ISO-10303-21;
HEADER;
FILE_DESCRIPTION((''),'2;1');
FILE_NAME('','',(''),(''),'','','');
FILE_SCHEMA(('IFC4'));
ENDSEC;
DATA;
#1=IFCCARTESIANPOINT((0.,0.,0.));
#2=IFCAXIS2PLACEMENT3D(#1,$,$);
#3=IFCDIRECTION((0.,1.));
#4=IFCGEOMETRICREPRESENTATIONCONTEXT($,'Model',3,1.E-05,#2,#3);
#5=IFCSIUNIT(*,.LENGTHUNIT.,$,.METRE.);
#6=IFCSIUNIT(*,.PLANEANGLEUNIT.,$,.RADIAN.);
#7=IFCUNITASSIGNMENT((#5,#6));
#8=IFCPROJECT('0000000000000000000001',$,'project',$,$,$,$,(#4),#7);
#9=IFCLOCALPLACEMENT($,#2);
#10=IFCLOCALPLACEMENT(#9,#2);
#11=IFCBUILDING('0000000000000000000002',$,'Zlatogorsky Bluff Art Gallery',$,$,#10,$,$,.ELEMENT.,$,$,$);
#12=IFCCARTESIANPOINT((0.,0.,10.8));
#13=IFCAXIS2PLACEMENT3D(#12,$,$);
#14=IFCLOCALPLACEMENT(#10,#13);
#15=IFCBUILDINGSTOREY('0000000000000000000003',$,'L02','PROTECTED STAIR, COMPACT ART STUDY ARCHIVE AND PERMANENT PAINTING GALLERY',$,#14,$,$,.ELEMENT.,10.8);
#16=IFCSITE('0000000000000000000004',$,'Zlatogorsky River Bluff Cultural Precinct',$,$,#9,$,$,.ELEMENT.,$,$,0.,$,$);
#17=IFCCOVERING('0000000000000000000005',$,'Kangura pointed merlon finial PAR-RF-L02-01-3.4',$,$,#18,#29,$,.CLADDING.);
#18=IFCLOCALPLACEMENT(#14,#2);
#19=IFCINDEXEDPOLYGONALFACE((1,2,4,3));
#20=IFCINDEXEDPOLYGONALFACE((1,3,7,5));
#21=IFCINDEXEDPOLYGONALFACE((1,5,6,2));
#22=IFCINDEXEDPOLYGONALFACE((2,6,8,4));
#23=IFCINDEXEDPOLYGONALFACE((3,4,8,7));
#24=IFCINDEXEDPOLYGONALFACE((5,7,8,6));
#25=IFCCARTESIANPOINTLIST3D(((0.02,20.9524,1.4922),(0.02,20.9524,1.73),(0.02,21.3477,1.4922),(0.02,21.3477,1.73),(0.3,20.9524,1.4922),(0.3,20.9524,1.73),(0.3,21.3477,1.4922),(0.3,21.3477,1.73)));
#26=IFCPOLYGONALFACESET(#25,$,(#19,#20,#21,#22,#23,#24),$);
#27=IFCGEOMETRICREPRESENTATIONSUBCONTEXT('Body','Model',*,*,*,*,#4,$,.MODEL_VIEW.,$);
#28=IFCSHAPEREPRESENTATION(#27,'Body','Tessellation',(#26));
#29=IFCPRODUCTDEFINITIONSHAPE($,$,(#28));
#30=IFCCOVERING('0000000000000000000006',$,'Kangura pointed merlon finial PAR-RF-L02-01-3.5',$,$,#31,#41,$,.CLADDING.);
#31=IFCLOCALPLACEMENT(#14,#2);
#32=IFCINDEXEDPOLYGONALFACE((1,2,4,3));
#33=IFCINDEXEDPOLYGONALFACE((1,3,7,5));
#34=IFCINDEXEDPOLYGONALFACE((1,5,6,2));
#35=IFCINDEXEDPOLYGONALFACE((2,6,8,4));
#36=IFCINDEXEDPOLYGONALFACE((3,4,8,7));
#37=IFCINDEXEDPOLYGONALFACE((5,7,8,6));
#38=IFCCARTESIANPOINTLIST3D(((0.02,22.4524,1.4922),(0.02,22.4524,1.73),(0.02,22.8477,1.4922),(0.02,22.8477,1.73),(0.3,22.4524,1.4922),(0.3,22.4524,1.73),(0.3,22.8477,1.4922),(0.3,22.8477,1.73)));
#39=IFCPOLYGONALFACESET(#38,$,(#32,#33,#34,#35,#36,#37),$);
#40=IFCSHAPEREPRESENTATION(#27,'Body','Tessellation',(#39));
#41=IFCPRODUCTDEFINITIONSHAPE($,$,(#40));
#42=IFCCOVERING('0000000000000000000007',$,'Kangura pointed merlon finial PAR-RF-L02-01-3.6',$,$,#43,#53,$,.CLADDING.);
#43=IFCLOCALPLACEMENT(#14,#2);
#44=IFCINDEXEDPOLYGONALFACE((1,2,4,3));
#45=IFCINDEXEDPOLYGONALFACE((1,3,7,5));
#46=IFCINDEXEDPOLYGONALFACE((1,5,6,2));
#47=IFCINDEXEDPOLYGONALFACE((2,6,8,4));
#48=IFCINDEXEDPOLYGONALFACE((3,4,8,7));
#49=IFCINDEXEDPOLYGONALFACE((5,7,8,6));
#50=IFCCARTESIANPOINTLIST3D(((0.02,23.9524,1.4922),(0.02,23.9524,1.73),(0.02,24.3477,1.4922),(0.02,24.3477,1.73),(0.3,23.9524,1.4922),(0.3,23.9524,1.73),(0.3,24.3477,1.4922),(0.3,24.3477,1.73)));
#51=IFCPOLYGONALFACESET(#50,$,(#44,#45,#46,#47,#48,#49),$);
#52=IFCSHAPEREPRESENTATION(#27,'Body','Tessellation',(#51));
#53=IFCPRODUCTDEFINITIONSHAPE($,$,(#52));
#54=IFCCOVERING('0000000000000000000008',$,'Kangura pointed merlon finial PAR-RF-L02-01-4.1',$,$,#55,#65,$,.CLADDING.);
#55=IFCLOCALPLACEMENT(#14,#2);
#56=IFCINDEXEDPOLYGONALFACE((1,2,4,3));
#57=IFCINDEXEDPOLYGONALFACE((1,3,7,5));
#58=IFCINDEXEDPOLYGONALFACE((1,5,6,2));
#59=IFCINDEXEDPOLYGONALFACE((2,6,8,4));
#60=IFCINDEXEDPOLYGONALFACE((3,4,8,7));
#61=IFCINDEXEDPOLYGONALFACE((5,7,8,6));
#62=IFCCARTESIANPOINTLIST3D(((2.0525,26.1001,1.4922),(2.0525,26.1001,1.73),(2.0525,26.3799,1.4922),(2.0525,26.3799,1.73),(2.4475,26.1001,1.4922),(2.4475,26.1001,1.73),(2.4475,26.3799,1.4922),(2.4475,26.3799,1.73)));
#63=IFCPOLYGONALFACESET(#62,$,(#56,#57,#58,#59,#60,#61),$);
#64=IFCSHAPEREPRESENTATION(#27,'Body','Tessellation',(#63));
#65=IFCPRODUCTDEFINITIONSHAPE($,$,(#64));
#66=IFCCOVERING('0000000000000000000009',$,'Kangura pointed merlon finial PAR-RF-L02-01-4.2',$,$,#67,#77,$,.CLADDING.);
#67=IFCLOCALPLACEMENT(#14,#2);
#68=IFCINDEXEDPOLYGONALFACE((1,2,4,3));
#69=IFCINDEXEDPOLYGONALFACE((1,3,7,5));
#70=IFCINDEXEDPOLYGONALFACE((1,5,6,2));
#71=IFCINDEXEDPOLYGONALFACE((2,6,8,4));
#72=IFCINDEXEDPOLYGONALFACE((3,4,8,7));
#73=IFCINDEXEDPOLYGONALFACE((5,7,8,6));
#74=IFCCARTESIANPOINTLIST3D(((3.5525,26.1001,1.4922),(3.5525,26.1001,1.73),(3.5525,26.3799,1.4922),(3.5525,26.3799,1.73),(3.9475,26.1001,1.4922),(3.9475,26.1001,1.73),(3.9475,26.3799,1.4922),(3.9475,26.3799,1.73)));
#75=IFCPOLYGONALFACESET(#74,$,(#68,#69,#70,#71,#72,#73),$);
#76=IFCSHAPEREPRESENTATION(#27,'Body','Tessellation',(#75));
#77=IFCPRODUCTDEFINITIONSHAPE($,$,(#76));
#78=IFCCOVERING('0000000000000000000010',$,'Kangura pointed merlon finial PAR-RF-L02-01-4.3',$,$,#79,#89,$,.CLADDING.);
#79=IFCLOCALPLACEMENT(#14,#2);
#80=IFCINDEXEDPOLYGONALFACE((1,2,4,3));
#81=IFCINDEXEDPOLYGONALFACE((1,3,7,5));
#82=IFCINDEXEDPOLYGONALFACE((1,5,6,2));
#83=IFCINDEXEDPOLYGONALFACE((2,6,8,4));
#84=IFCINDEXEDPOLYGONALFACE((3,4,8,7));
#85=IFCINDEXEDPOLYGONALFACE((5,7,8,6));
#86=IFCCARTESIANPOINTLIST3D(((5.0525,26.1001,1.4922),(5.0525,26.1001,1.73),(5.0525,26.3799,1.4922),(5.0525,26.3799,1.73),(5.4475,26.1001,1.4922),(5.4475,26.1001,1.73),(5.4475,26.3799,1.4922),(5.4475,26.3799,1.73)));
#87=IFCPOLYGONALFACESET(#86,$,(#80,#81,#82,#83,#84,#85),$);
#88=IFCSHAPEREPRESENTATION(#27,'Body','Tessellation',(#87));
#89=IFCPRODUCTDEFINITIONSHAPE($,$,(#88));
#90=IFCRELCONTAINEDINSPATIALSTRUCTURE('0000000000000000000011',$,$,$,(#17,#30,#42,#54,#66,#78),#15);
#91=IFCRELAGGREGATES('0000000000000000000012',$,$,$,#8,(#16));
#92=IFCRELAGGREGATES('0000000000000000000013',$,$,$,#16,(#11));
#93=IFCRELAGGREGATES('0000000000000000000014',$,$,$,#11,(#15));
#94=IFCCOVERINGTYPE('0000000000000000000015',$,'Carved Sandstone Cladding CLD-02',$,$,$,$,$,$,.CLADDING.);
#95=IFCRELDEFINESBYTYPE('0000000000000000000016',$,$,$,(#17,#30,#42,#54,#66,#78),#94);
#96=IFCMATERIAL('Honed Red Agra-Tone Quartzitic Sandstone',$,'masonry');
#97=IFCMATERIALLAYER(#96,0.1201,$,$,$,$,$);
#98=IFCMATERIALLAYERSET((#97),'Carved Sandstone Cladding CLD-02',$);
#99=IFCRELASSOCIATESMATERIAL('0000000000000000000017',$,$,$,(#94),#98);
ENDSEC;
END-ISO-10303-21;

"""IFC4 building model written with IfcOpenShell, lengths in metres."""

from ifc_helpers import new_model, si_unit, direction, frame, origin, place, context, subcontext, project, spatial, polyline, outline, extrude, material, layer, layer_set, type_object, element, save


model = new_model("IFC4")

# Units and contexts
model_context = context("Model", 3, precision=1e-05, world=origin(), true_north=direction((0.0, 1.0)))
body_context = subcontext(model_context, "Body", "Model", "MODEL_VIEW")
ifc_project = project(units=[si_unit("LENGTHUNIT", "METRE"), si_unit("PLANEANGLEUNIT", "RADIAN")], contexts=[model_context])

# Site, building, storey
site_placement = place(None, origin())
site = spatial("IfcSite", under=ifc_project, at=site_placement, Name="Zlatogorsky River Bluff Cultural Precinct", CompositionType="ELEMENT", RefElevation=0.0)
building_placement = place(site_placement, origin())
building = spatial("IfcBuilding", under=site, at=building_placement, Name="Zlatogorsky Bluff Art Gallery", CompositionType="ELEMENT")
storey_placement = place(building_placement, frame((0.0, 0.0, 10.8)))
storey = spatial("IfcBuildingStorey", under=building, at=storey_placement, Name="L02", Description="PROTECTED STAIR, COMPACT ART STUDY ARCHIVE AND PERMANENT PAINTING GALLERY", CompositionType="ELEMENT", Elevation=10.8)

# Coverings
ifc_material = material(Name="Honed Red Agra-Tone Quartzitic Sandstone", Category="masonry")
ifc_layer = layer(ifc_material, 0.1201)
ifc_layer_set = layer_set([ifc_layer], Name="Carved Sandstone Cladding CLD-02")
covering_type = type_object("IfcCoveringType", Name="Carved Sandstone Cladding CLD-02", PredefinedType="CLADDING", material=ifc_layer_set)
covering_1_placement = place(storey_placement, frame((0.0, 0.0, 1.4922)))
element("IfcCovering", 1, at=covering_1_placement, inside=storey, type_object=covering_type, Name="Kangura pointed merlon finial PAR-RF-L02-01-3.4", PredefinedType="CLADDING", context=body_context, shape_type="SweptSolid", body=[
    extrude(outline(polyline([(0.02, 20.9524), (0.02, 21.3477), (0.3, 21.3477), (0.3, 20.9524), (0.02, 20.9524)])), origin(), (0.0, 0.0, 1.0), 0.2378),
])
covering_2_placement = place(storey_placement, frame((0.0, 0.0, 1.4922)))
element("IfcCovering", 2, at=covering_2_placement, inside=storey, type_object=covering_type, Name="Kangura pointed merlon finial PAR-RF-L02-01-3.5", PredefinedType="CLADDING", context=body_context, shape_type="SweptSolid", body=[
    extrude(outline(polyline([(0.02, 22.4524), (0.02, 22.8477), (0.3, 22.8477), (0.3, 22.4524), (0.02, 22.4524)])), origin(), (0.0, 0.0, 1.0), 0.2378),
])
covering_3_placement = place(storey_placement, frame((0.0, 0.0, 1.4922)))
element("IfcCovering", 3, at=covering_3_placement, inside=storey, type_object=covering_type, Name="Kangura pointed merlon finial PAR-RF-L02-01-3.6", PredefinedType="CLADDING", context=body_context, shape_type="SweptSolid", body=[
    extrude(outline(polyline([(0.02, 23.9524), (0.02, 24.3477), (0.3, 24.3477), (0.3, 23.9524), (0.02, 23.9524)])), origin(), (0.0, 0.0, 1.0), 0.2378),
])
covering_4_placement = place(storey_placement, frame((0.0, 0.0, 1.4922)))
element("IfcCovering", 4, at=covering_4_placement, inside=storey, type_object=covering_type, Name="Kangura pointed merlon finial PAR-RF-L02-01-4.1", PredefinedType="CLADDING", context=body_context, shape_type="SweptSolid", body=[
    extrude(outline(polyline([(2.0525, 26.1001), (2.4475, 26.1001), (2.4475, 26.3799), (2.0525, 26.3799), (2.0525, 26.1001)])), origin(), (0.0, 0.0, 1.0), 0.2378),
])
covering_5_placement = place(storey_placement, frame((0.0, 0.0, 1.4922)))
element("IfcCovering", 5, at=covering_5_placement, inside=storey, type_object=covering_type, Name="Kangura pointed merlon finial PAR-RF-L02-01-4.2", PredefinedType="CLADDING", context=body_context, shape_type="SweptSolid", body=[
    extrude(outline(polyline([(3.5525, 26.1001), (3.9475, 26.1001), (3.9475, 26.3799), (3.5525, 26.3799), (3.5525, 26.1001)])), origin(), (0.0, 0.0, 1.0), 0.2378),
])
covering_6_placement = place(storey_placement, frame((0.0, 0.0, 1.4922)))
element("IfcCovering", 6, at=covering_6_placement, inside=storey, type_object=covering_type, Name="Kangura pointed merlon finial PAR-RF-L02-01-4.3", PredefinedType="CLADDING", context=body_context, shape_type="SweptSolid", body=[
    extrude(outline(polyline([(5.0525, 26.1001), (5.4475, 26.1001), (5.4475, 26.3799), (5.0525, 26.3799), (5.0525, 26.1001)])), origin(), (0.0, 0.0, 1.0), 0.2378),
])

save(model, "model.ifc")
